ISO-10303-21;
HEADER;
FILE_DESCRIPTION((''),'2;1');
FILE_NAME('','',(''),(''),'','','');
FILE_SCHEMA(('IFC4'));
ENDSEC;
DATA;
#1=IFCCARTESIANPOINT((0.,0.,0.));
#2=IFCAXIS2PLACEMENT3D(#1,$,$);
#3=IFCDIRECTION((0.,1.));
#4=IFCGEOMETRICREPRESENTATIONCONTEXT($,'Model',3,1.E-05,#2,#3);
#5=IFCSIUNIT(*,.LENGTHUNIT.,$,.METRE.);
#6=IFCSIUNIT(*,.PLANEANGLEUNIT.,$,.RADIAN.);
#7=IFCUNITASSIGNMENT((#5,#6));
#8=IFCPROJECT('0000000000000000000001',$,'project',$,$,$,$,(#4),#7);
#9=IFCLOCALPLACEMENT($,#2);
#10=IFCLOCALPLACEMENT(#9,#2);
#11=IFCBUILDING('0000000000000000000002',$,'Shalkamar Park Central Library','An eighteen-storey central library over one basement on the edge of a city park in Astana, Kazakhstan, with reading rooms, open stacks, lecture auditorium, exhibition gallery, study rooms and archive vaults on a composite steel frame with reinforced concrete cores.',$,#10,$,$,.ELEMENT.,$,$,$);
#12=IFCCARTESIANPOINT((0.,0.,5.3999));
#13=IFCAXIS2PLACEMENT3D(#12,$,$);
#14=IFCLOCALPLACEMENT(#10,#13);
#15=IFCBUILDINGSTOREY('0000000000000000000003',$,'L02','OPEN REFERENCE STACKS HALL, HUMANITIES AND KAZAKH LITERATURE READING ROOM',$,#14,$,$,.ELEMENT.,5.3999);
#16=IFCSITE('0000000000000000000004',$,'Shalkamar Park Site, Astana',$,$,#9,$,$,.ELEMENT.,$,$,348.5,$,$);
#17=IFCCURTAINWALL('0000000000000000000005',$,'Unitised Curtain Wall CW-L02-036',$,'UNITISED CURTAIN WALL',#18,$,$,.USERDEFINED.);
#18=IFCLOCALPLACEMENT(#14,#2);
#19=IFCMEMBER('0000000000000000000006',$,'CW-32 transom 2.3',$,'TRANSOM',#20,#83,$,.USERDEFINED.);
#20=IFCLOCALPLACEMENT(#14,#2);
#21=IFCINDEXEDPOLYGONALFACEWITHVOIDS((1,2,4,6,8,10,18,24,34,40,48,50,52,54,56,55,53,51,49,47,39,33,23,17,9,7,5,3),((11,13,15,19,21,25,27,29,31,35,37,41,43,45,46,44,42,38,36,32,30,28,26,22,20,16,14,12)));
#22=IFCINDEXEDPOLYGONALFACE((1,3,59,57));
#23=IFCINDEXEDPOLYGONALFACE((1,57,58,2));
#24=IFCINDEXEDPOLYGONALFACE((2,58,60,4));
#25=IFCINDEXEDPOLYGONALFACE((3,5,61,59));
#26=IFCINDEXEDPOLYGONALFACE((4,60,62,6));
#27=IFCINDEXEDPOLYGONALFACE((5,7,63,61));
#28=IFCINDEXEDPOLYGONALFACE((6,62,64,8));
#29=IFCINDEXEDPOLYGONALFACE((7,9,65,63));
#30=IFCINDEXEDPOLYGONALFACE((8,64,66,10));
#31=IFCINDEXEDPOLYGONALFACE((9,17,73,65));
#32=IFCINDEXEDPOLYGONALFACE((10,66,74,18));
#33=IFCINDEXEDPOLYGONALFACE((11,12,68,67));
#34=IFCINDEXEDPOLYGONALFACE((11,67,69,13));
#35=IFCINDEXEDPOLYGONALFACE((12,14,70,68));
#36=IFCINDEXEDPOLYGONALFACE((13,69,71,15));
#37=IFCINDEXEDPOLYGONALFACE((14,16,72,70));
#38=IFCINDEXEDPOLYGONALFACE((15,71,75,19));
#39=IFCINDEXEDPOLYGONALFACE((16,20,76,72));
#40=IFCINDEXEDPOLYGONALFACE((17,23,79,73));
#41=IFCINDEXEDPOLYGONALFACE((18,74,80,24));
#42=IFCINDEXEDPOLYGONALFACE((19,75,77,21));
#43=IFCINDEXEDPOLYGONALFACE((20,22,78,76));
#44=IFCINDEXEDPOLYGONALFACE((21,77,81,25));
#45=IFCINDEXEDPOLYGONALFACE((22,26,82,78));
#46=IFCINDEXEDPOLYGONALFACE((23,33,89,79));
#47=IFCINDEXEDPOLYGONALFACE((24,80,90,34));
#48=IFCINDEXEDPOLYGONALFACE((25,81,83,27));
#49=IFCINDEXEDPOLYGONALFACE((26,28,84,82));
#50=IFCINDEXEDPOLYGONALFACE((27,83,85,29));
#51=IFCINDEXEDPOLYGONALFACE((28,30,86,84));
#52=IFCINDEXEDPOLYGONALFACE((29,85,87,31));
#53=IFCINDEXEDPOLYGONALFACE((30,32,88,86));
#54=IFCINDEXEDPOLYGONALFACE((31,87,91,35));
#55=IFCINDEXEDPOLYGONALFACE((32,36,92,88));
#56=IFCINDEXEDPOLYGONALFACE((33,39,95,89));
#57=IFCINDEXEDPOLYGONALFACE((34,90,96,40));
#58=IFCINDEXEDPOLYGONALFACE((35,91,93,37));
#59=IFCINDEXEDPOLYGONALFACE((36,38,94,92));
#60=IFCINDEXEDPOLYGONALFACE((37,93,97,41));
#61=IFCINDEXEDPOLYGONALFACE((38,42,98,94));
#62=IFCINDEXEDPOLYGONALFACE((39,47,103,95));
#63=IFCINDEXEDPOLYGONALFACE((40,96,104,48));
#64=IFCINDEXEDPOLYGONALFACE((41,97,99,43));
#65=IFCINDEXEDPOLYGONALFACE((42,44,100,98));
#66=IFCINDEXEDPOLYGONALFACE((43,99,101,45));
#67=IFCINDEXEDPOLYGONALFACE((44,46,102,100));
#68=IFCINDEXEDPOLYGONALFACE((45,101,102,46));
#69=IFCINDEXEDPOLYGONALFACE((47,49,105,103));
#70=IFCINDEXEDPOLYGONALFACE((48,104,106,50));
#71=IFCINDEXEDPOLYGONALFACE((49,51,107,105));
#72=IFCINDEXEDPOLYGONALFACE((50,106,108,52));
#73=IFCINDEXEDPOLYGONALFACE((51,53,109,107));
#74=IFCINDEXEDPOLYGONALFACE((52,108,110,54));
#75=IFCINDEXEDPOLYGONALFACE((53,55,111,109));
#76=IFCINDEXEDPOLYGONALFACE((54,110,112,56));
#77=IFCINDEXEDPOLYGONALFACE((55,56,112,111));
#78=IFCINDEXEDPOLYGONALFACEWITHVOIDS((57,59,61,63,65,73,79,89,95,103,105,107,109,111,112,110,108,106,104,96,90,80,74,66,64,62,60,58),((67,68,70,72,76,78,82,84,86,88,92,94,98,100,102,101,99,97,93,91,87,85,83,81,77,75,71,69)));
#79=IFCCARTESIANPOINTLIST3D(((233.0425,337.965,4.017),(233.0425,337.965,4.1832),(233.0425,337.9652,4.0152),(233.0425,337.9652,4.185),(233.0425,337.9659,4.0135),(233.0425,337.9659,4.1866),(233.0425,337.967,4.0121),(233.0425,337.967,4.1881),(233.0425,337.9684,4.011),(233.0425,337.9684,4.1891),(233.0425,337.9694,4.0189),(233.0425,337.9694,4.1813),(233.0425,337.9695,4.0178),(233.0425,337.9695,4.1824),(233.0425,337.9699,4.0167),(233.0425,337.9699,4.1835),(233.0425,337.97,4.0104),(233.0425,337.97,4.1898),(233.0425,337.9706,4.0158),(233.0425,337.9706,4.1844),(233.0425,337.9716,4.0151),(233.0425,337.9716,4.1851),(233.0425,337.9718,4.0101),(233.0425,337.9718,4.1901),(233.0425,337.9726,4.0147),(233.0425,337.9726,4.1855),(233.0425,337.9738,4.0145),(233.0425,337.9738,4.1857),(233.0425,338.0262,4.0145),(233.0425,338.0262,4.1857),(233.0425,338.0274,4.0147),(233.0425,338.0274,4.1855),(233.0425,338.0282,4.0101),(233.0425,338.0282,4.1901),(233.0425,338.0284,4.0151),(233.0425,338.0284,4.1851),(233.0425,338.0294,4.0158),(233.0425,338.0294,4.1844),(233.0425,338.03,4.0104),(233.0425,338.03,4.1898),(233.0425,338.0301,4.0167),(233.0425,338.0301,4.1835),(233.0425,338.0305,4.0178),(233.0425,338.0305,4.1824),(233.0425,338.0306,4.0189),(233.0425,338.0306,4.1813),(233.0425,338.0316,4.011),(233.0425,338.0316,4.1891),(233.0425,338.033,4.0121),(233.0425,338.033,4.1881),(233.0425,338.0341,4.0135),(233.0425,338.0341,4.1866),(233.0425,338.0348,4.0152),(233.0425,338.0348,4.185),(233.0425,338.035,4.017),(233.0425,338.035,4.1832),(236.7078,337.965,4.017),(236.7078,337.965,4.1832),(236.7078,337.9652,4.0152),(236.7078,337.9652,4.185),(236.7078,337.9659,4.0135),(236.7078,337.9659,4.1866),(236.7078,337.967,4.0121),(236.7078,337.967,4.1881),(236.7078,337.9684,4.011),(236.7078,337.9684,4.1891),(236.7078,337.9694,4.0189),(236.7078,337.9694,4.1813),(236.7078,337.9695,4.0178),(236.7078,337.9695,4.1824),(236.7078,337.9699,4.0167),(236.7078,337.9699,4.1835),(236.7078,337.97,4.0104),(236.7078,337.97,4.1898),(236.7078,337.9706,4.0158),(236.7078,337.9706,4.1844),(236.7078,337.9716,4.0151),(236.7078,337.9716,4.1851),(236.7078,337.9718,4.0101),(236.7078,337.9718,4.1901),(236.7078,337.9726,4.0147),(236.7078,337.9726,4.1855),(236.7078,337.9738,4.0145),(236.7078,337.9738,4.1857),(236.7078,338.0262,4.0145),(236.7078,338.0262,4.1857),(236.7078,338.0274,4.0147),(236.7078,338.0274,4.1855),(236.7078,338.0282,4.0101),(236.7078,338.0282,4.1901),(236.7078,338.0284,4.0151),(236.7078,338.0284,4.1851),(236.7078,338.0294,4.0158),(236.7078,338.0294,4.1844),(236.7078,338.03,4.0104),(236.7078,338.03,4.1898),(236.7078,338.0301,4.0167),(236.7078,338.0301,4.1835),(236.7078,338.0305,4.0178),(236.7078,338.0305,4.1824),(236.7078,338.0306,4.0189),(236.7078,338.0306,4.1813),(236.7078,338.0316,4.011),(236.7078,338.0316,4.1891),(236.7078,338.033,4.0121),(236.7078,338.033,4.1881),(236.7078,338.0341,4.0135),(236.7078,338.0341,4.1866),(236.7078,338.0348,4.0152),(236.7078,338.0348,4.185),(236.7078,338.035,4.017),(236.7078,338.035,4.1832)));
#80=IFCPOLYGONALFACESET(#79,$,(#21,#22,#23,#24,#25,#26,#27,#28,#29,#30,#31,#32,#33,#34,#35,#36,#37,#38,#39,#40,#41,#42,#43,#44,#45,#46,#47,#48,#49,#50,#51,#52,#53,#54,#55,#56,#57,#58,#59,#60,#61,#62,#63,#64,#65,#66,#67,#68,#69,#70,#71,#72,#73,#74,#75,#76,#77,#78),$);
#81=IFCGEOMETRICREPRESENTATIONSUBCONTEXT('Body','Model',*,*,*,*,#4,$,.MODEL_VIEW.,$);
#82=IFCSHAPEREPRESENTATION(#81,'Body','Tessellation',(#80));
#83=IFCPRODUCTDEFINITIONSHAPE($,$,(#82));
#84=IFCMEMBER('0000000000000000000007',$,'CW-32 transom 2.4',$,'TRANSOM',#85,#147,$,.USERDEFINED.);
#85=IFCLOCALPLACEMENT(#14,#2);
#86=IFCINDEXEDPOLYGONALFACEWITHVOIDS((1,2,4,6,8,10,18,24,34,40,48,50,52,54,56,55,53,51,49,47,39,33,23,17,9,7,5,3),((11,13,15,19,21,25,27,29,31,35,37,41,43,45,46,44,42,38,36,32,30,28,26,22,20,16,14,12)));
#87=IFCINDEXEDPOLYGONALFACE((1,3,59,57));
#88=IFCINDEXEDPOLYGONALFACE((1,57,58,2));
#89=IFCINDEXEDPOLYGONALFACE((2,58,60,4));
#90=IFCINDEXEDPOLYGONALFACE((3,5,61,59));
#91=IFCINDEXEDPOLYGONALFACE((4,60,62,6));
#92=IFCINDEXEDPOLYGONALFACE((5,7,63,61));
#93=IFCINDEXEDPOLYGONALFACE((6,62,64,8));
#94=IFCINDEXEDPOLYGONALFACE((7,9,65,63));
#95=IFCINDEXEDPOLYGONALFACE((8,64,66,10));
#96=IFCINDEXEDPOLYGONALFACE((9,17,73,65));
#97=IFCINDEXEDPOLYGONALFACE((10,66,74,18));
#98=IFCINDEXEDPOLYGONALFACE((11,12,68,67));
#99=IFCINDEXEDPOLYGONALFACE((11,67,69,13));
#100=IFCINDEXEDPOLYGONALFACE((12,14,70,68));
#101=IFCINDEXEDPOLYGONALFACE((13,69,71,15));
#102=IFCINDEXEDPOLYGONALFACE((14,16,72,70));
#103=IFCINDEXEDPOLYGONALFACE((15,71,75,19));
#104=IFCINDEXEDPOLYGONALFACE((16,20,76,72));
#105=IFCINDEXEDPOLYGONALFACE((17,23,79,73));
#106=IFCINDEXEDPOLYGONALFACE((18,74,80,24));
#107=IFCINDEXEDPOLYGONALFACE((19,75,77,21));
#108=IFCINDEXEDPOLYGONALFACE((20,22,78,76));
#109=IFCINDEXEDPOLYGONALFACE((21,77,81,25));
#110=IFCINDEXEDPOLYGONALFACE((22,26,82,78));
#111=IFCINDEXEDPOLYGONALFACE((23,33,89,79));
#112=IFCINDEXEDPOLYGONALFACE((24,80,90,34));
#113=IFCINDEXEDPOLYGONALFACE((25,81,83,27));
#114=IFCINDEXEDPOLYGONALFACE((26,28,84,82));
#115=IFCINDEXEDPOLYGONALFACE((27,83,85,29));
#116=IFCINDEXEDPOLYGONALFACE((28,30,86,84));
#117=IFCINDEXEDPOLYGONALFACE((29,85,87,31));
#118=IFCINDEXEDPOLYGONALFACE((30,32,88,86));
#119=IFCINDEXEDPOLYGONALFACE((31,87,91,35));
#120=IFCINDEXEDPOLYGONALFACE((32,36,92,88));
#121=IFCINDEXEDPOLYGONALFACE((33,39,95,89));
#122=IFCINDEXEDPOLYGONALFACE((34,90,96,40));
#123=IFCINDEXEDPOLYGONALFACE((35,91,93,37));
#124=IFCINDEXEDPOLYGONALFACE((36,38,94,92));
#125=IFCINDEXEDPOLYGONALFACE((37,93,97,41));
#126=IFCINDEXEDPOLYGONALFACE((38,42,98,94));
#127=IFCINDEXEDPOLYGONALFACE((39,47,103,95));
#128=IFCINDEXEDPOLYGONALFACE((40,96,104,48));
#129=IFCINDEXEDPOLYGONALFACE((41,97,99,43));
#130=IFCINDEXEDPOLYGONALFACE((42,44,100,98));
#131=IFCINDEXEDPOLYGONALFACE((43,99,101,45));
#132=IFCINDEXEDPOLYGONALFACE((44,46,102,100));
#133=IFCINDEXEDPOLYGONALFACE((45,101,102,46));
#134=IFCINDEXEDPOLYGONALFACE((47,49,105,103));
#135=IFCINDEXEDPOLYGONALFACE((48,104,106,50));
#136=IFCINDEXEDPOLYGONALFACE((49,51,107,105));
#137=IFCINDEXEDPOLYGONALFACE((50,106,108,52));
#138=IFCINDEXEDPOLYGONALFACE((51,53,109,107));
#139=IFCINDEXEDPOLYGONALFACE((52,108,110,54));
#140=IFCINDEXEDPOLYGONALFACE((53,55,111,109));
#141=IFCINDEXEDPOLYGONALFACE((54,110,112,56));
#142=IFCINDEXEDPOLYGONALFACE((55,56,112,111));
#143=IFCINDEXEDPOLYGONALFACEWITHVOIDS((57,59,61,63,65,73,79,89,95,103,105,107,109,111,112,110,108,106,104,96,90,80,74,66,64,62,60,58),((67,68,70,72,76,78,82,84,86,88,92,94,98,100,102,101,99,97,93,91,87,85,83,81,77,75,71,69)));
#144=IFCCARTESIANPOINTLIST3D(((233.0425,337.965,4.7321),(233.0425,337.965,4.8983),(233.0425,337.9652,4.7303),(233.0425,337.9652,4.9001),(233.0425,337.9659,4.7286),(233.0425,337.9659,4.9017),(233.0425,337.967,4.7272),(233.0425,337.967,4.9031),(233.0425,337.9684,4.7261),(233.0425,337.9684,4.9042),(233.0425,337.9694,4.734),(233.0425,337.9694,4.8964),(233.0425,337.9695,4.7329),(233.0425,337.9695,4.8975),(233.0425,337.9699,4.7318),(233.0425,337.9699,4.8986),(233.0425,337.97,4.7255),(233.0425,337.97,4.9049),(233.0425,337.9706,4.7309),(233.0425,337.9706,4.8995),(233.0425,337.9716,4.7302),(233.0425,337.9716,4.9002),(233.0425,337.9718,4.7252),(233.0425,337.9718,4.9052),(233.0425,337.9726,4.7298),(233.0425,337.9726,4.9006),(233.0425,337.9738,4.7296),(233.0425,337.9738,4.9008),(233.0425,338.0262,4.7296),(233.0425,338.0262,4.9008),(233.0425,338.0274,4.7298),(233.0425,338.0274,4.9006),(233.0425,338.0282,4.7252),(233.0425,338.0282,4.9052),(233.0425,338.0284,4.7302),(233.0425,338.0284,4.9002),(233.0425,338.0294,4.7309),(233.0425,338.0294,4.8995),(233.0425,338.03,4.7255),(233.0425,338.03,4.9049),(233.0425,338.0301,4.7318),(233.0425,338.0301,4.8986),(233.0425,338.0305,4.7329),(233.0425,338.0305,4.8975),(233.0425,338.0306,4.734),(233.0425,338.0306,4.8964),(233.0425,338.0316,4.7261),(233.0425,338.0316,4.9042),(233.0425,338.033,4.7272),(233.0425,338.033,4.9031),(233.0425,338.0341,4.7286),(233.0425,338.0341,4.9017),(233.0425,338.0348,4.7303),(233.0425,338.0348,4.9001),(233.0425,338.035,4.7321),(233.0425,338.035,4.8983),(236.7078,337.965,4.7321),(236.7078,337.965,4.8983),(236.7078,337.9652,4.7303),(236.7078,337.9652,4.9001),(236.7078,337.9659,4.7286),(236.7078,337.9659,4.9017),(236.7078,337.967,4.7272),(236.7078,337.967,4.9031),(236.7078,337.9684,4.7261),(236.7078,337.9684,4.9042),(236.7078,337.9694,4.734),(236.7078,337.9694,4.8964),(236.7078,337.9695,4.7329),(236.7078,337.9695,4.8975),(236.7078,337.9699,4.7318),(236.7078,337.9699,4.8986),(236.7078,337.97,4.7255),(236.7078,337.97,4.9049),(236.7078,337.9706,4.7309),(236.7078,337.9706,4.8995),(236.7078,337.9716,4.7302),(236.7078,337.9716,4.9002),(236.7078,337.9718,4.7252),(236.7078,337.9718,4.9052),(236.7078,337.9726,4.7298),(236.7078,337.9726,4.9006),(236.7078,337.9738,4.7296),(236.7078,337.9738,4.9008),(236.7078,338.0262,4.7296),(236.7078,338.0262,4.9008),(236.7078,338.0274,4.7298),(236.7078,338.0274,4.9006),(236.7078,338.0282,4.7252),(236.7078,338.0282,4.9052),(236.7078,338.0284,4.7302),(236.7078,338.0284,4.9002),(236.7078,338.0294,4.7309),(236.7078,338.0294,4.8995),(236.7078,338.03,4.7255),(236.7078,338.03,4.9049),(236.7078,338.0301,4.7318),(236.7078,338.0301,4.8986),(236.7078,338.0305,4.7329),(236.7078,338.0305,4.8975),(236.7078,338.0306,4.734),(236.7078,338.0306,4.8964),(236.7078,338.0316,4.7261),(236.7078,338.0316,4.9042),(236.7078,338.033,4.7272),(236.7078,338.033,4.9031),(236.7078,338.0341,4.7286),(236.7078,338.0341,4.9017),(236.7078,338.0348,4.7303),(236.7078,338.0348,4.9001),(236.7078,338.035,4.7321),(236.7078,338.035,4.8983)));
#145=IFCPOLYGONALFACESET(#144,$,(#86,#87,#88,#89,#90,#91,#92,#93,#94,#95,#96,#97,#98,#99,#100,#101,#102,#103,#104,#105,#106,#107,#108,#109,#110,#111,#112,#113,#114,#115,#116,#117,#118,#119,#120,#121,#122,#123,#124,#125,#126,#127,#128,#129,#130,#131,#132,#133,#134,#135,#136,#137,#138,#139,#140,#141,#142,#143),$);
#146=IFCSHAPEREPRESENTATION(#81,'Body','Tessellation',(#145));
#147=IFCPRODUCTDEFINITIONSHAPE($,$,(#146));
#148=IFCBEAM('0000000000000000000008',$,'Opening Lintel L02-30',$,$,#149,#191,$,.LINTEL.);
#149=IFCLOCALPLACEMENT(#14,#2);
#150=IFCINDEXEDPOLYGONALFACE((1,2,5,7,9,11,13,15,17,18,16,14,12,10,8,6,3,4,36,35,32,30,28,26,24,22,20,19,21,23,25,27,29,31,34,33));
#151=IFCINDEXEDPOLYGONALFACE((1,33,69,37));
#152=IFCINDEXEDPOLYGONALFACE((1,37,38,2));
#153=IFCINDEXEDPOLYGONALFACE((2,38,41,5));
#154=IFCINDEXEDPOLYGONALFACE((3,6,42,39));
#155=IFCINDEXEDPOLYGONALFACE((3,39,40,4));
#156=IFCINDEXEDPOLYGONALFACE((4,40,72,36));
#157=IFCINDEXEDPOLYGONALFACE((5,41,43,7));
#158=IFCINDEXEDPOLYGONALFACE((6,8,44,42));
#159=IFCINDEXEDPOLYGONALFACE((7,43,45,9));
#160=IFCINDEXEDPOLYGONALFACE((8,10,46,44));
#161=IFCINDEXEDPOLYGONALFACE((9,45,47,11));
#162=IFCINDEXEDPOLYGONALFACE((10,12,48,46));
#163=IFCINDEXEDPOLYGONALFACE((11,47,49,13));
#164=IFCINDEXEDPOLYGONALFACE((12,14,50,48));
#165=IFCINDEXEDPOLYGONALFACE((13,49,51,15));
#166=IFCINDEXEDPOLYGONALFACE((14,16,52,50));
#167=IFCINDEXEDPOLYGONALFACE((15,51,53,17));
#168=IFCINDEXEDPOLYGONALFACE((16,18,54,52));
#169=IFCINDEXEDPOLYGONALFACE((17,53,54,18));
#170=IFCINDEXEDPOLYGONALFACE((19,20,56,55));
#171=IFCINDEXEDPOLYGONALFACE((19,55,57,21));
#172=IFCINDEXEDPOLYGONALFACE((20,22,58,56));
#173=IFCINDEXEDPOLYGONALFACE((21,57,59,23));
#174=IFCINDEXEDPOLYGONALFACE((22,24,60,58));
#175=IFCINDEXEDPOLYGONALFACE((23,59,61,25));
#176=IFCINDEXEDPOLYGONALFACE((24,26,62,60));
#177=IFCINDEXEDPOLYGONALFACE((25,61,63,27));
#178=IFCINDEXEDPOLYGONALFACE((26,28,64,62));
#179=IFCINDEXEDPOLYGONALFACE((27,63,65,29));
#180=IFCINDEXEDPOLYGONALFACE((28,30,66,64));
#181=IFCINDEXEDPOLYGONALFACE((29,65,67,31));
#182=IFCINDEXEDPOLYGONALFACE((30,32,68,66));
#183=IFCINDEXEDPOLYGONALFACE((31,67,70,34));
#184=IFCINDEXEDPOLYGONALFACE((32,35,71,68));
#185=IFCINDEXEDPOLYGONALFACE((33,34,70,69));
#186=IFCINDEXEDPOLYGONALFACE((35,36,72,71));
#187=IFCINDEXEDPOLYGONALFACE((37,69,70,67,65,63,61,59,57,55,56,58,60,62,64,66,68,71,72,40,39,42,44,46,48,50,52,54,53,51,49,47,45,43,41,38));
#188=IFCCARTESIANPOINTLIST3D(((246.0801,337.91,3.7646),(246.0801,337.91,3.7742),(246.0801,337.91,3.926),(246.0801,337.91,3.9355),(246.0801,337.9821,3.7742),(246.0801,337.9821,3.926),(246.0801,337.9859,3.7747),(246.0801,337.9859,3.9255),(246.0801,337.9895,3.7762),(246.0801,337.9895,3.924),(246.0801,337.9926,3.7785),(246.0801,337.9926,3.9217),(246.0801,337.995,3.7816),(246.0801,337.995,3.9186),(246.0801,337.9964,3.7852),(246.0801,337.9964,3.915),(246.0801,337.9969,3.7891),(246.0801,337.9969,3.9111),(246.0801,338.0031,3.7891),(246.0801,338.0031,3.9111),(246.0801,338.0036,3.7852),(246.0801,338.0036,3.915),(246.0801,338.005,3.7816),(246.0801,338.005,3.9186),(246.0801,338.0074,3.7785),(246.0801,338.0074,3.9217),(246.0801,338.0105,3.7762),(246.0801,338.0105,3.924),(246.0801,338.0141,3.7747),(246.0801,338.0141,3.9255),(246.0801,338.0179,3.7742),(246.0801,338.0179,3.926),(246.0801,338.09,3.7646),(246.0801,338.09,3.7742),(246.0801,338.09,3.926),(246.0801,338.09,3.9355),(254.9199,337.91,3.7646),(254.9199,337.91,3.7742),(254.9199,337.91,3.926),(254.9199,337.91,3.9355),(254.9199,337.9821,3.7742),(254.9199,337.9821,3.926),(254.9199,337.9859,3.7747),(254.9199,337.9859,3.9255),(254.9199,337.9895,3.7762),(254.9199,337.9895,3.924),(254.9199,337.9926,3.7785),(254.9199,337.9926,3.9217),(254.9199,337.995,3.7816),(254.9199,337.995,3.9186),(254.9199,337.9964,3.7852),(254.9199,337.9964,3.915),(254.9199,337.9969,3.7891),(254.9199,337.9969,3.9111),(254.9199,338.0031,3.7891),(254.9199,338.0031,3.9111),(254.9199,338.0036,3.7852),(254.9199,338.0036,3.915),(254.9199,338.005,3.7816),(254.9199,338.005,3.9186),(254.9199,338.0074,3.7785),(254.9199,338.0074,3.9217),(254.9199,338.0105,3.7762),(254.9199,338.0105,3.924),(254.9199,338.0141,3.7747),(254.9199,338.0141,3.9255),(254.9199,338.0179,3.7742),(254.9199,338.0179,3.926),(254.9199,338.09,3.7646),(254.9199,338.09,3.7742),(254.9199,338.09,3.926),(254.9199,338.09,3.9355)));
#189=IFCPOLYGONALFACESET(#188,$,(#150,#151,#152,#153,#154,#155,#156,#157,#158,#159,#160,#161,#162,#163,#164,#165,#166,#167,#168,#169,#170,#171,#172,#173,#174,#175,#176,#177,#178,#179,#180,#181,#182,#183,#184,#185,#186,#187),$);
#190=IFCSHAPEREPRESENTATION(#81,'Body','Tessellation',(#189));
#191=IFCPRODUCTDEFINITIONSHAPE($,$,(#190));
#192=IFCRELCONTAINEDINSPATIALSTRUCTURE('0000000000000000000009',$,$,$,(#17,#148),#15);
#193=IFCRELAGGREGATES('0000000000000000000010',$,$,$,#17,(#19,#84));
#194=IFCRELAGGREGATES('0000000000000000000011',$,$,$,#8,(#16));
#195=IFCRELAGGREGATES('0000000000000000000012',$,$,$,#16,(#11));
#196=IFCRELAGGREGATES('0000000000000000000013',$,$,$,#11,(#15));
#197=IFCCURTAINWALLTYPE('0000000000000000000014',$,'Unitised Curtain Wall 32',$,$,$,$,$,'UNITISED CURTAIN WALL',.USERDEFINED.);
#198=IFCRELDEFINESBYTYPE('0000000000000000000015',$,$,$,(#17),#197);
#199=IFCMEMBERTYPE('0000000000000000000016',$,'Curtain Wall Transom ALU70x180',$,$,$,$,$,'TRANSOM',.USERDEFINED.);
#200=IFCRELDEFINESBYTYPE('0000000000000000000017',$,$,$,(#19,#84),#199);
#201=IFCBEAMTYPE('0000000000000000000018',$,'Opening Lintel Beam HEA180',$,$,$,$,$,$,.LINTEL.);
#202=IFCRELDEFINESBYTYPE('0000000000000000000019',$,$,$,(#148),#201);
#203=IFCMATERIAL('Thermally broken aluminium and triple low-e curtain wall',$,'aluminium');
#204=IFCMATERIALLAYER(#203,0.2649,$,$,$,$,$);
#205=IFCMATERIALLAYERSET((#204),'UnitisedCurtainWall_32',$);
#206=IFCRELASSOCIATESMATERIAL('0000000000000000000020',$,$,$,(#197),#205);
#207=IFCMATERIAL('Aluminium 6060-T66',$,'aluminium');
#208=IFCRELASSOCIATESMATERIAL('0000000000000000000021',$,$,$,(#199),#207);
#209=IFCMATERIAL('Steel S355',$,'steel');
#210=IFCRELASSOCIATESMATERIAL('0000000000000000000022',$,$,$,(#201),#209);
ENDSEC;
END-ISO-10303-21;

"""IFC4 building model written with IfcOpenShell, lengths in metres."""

from ifc_helpers import new_model, si_unit, direction, frame, origin, origin_2d, place, context, subcontext, project, spatial, hollow_rectangle, i_section, extrude, material, layer, layer_set, material_profile, profile_set, type_object, element, aggregate, save


model = new_model("IFC4")

# Units and contexts
model_context = context("Model", 3, precision=1e-05, world=origin(), true_north=direction((0.0, 1.0)))
body_context = subcontext(model_context, "Body", "Model", "MODEL_VIEW")
ifc_project = project(units=[si_unit("LENGTHUNIT", "METRE"), si_unit("PLANEANGLEUNIT", "RADIAN")], contexts=[model_context])

# Site, building, storey
site_placement = place(None, origin())
site = spatial("IfcSite", under=ifc_project, at=site_placement, Name="Shalkamar Park Site, Astana", CompositionType="ELEMENT", RefElevation=348.5)
building_placement = place(site_placement, origin())
building = spatial("IfcBuilding", under=site, at=building_placement, Name="Shalkamar Park Central Library", Description="An eighteen-storey central library over one basement on the edge of a city park in Astana, Kazakhstan, with reading rooms, open stacks, lecture auditorium, exhibition gallery, study rooms and archive vaults on a composite steel frame with reinforced concrete cores.", CompositionType="ELEMENT")
storey_placement = place(building_placement, frame((0.0, 0.0, 5.3999)))
storey = spatial("IfcBuildingStorey", under=building, at=storey_placement, Name="L02", Description="OPEN REFERENCE STACKS HALL, HUMANITIES AND KAZAKH LITERATURE READING ROOM", CompositionType="ELEMENT", Elevation=5.3999)

# Shared definitions
ifc_material_1 = material(Name="Steel S355", Category="steel")

# Shared definitions
ifc_material_2 = material(Name="Thermally broken aluminium and triple low-e curtain wall", Category="aluminium")
ifc_material_3 = material(Name="Aluminium 6060-T66", Category="aluminium")

# Curtain wall
ifc_layer_1 = layer(ifc_material_2, 0.2649)
ifc_layer_set_1 = layer_set([ifc_layer_1], Name="UnitisedCurtainWall_32")
curtain_wall_type_1 = type_object("IfcCurtainWallType", Name="Unitised Curtain Wall 32", ElementType="UNITISED CURTAIN WALL", PredefinedType="USERDEFINED", material=ifc_layer_set_1)
curtain_wall_1_placement = place(storey_placement, origin())
curtain_wall_1 = element("IfcCurtainWall", 1, at=curtain_wall_1_placement, inside=storey, type_object=curtain_wall_type_1, Name="Unitised Curtain Wall CW-L02-036", ObjectType="UNITISED CURTAIN WALL", PredefinedType="USERDEFINED")

# Members
ifc_material_profile_1 = material_profile(ifc_material_3, hollow_rectangle(XDim=0.0701, YDim=0.1799, WallThickness=0.0044, InnerFilletRadius=0.0044, OuterFilletRadius=0.0068, at=origin_2d()), Name="ALU 70x180x4.5")
ifc_profile_set_1 = profile_set([ifc_material_profile_1], Name="Aluminium 6060-T66")
member_type_1 = type_object("IfcMemberType", Name="Curtain Wall Transom ALU70x180", ElementType="TRANSOM", PredefinedType="USERDEFINED", material=ifc_profile_set_1)
member_1_placement = place(storey_placement, frame((233.0425, 338.0, 4.1001), z_axis=(1.0, 0.0, 0.0), x_axis=(0.0, 1.0, 0.0)))
member_1 = element("IfcMember", 2, at=member_1_placement, type_object=member_type_1, Name="CW-32 transom 2.3", ObjectType="TRANSOM", PredefinedType="USERDEFINED", context=body_context, shape_type="SweptSolid", body=[
    extrude(hollow_rectangle(XDim=0.0701, YDim=0.1799, WallThickness=0.0044, InnerFilletRadius=0.0044, OuterFilletRadius=0.0068, at=origin_2d()), origin(), (0.0, 0.0, 1.0), 3.6653),
])
member_2_placement = place(storey_placement, frame((233.0425, 338.0, 4.8152), z_axis=(1.0, 0.0, 0.0), x_axis=(0.0, 1.0, 0.0)))
member_2 = element("IfcMember", 3, at=member_2_placement, type_object=member_type_1, Name="CW-32 transom 2.4", ObjectType="TRANSOM", PredefinedType="USERDEFINED", context=body_context, shape_type="SweptSolid", body=[
    extrude(hollow_rectangle(XDim=0.0701, YDim=0.1799, WallThickness=0.0044, InnerFilletRadius=0.0044, OuterFilletRadius=0.0068, at=origin_2d()), origin(), (0.0, 0.0, 1.0), 3.6653),
])

# Beam
ifc_material_profile_2 = material_profile(ifc_material_1, i_section(OverallWidth=0.1799, OverallDepth=0.1709, WebThickness=0.0061, FlangeThickness=0.0095, FilletRadius=0.0149, at=origin_2d()), Name="HEA 180")
ifc_profile_set_2 = profile_set([ifc_material_profile_2], Name="Steel S355")
beam_type_1 = type_object("IfcBeamType", Name="Opening Lintel Beam HEA180", PredefinedType="LINTEL", material=ifc_profile_set_2)
beam_1_placement = place(storey_placement, frame((246.0801, 338.0, 3.8501), z_axis=(1.0, 0.0, 0.0), x_axis=(0.0, 1.0, 0.0)))
element("IfcBeam", 4, at=beam_1_placement, inside=storey, type_object=beam_type_1, Name="Opening Lintel L02-30", PredefinedType="LINTEL", context=body_context, shape_type="SweptSolid", body=[
    extrude(i_section(OverallWidth=0.1799, OverallDepth=0.1709, WebThickness=0.0061, FlangeThickness=0.0095, FilletRadius=0.0149, at=origin_2d()), origin(), (0.0, 0.0, 1.0), 8.8398),
])

aggregate(curtain_wall_1, [member_1, member_2])

save(model, "model.ifc")
